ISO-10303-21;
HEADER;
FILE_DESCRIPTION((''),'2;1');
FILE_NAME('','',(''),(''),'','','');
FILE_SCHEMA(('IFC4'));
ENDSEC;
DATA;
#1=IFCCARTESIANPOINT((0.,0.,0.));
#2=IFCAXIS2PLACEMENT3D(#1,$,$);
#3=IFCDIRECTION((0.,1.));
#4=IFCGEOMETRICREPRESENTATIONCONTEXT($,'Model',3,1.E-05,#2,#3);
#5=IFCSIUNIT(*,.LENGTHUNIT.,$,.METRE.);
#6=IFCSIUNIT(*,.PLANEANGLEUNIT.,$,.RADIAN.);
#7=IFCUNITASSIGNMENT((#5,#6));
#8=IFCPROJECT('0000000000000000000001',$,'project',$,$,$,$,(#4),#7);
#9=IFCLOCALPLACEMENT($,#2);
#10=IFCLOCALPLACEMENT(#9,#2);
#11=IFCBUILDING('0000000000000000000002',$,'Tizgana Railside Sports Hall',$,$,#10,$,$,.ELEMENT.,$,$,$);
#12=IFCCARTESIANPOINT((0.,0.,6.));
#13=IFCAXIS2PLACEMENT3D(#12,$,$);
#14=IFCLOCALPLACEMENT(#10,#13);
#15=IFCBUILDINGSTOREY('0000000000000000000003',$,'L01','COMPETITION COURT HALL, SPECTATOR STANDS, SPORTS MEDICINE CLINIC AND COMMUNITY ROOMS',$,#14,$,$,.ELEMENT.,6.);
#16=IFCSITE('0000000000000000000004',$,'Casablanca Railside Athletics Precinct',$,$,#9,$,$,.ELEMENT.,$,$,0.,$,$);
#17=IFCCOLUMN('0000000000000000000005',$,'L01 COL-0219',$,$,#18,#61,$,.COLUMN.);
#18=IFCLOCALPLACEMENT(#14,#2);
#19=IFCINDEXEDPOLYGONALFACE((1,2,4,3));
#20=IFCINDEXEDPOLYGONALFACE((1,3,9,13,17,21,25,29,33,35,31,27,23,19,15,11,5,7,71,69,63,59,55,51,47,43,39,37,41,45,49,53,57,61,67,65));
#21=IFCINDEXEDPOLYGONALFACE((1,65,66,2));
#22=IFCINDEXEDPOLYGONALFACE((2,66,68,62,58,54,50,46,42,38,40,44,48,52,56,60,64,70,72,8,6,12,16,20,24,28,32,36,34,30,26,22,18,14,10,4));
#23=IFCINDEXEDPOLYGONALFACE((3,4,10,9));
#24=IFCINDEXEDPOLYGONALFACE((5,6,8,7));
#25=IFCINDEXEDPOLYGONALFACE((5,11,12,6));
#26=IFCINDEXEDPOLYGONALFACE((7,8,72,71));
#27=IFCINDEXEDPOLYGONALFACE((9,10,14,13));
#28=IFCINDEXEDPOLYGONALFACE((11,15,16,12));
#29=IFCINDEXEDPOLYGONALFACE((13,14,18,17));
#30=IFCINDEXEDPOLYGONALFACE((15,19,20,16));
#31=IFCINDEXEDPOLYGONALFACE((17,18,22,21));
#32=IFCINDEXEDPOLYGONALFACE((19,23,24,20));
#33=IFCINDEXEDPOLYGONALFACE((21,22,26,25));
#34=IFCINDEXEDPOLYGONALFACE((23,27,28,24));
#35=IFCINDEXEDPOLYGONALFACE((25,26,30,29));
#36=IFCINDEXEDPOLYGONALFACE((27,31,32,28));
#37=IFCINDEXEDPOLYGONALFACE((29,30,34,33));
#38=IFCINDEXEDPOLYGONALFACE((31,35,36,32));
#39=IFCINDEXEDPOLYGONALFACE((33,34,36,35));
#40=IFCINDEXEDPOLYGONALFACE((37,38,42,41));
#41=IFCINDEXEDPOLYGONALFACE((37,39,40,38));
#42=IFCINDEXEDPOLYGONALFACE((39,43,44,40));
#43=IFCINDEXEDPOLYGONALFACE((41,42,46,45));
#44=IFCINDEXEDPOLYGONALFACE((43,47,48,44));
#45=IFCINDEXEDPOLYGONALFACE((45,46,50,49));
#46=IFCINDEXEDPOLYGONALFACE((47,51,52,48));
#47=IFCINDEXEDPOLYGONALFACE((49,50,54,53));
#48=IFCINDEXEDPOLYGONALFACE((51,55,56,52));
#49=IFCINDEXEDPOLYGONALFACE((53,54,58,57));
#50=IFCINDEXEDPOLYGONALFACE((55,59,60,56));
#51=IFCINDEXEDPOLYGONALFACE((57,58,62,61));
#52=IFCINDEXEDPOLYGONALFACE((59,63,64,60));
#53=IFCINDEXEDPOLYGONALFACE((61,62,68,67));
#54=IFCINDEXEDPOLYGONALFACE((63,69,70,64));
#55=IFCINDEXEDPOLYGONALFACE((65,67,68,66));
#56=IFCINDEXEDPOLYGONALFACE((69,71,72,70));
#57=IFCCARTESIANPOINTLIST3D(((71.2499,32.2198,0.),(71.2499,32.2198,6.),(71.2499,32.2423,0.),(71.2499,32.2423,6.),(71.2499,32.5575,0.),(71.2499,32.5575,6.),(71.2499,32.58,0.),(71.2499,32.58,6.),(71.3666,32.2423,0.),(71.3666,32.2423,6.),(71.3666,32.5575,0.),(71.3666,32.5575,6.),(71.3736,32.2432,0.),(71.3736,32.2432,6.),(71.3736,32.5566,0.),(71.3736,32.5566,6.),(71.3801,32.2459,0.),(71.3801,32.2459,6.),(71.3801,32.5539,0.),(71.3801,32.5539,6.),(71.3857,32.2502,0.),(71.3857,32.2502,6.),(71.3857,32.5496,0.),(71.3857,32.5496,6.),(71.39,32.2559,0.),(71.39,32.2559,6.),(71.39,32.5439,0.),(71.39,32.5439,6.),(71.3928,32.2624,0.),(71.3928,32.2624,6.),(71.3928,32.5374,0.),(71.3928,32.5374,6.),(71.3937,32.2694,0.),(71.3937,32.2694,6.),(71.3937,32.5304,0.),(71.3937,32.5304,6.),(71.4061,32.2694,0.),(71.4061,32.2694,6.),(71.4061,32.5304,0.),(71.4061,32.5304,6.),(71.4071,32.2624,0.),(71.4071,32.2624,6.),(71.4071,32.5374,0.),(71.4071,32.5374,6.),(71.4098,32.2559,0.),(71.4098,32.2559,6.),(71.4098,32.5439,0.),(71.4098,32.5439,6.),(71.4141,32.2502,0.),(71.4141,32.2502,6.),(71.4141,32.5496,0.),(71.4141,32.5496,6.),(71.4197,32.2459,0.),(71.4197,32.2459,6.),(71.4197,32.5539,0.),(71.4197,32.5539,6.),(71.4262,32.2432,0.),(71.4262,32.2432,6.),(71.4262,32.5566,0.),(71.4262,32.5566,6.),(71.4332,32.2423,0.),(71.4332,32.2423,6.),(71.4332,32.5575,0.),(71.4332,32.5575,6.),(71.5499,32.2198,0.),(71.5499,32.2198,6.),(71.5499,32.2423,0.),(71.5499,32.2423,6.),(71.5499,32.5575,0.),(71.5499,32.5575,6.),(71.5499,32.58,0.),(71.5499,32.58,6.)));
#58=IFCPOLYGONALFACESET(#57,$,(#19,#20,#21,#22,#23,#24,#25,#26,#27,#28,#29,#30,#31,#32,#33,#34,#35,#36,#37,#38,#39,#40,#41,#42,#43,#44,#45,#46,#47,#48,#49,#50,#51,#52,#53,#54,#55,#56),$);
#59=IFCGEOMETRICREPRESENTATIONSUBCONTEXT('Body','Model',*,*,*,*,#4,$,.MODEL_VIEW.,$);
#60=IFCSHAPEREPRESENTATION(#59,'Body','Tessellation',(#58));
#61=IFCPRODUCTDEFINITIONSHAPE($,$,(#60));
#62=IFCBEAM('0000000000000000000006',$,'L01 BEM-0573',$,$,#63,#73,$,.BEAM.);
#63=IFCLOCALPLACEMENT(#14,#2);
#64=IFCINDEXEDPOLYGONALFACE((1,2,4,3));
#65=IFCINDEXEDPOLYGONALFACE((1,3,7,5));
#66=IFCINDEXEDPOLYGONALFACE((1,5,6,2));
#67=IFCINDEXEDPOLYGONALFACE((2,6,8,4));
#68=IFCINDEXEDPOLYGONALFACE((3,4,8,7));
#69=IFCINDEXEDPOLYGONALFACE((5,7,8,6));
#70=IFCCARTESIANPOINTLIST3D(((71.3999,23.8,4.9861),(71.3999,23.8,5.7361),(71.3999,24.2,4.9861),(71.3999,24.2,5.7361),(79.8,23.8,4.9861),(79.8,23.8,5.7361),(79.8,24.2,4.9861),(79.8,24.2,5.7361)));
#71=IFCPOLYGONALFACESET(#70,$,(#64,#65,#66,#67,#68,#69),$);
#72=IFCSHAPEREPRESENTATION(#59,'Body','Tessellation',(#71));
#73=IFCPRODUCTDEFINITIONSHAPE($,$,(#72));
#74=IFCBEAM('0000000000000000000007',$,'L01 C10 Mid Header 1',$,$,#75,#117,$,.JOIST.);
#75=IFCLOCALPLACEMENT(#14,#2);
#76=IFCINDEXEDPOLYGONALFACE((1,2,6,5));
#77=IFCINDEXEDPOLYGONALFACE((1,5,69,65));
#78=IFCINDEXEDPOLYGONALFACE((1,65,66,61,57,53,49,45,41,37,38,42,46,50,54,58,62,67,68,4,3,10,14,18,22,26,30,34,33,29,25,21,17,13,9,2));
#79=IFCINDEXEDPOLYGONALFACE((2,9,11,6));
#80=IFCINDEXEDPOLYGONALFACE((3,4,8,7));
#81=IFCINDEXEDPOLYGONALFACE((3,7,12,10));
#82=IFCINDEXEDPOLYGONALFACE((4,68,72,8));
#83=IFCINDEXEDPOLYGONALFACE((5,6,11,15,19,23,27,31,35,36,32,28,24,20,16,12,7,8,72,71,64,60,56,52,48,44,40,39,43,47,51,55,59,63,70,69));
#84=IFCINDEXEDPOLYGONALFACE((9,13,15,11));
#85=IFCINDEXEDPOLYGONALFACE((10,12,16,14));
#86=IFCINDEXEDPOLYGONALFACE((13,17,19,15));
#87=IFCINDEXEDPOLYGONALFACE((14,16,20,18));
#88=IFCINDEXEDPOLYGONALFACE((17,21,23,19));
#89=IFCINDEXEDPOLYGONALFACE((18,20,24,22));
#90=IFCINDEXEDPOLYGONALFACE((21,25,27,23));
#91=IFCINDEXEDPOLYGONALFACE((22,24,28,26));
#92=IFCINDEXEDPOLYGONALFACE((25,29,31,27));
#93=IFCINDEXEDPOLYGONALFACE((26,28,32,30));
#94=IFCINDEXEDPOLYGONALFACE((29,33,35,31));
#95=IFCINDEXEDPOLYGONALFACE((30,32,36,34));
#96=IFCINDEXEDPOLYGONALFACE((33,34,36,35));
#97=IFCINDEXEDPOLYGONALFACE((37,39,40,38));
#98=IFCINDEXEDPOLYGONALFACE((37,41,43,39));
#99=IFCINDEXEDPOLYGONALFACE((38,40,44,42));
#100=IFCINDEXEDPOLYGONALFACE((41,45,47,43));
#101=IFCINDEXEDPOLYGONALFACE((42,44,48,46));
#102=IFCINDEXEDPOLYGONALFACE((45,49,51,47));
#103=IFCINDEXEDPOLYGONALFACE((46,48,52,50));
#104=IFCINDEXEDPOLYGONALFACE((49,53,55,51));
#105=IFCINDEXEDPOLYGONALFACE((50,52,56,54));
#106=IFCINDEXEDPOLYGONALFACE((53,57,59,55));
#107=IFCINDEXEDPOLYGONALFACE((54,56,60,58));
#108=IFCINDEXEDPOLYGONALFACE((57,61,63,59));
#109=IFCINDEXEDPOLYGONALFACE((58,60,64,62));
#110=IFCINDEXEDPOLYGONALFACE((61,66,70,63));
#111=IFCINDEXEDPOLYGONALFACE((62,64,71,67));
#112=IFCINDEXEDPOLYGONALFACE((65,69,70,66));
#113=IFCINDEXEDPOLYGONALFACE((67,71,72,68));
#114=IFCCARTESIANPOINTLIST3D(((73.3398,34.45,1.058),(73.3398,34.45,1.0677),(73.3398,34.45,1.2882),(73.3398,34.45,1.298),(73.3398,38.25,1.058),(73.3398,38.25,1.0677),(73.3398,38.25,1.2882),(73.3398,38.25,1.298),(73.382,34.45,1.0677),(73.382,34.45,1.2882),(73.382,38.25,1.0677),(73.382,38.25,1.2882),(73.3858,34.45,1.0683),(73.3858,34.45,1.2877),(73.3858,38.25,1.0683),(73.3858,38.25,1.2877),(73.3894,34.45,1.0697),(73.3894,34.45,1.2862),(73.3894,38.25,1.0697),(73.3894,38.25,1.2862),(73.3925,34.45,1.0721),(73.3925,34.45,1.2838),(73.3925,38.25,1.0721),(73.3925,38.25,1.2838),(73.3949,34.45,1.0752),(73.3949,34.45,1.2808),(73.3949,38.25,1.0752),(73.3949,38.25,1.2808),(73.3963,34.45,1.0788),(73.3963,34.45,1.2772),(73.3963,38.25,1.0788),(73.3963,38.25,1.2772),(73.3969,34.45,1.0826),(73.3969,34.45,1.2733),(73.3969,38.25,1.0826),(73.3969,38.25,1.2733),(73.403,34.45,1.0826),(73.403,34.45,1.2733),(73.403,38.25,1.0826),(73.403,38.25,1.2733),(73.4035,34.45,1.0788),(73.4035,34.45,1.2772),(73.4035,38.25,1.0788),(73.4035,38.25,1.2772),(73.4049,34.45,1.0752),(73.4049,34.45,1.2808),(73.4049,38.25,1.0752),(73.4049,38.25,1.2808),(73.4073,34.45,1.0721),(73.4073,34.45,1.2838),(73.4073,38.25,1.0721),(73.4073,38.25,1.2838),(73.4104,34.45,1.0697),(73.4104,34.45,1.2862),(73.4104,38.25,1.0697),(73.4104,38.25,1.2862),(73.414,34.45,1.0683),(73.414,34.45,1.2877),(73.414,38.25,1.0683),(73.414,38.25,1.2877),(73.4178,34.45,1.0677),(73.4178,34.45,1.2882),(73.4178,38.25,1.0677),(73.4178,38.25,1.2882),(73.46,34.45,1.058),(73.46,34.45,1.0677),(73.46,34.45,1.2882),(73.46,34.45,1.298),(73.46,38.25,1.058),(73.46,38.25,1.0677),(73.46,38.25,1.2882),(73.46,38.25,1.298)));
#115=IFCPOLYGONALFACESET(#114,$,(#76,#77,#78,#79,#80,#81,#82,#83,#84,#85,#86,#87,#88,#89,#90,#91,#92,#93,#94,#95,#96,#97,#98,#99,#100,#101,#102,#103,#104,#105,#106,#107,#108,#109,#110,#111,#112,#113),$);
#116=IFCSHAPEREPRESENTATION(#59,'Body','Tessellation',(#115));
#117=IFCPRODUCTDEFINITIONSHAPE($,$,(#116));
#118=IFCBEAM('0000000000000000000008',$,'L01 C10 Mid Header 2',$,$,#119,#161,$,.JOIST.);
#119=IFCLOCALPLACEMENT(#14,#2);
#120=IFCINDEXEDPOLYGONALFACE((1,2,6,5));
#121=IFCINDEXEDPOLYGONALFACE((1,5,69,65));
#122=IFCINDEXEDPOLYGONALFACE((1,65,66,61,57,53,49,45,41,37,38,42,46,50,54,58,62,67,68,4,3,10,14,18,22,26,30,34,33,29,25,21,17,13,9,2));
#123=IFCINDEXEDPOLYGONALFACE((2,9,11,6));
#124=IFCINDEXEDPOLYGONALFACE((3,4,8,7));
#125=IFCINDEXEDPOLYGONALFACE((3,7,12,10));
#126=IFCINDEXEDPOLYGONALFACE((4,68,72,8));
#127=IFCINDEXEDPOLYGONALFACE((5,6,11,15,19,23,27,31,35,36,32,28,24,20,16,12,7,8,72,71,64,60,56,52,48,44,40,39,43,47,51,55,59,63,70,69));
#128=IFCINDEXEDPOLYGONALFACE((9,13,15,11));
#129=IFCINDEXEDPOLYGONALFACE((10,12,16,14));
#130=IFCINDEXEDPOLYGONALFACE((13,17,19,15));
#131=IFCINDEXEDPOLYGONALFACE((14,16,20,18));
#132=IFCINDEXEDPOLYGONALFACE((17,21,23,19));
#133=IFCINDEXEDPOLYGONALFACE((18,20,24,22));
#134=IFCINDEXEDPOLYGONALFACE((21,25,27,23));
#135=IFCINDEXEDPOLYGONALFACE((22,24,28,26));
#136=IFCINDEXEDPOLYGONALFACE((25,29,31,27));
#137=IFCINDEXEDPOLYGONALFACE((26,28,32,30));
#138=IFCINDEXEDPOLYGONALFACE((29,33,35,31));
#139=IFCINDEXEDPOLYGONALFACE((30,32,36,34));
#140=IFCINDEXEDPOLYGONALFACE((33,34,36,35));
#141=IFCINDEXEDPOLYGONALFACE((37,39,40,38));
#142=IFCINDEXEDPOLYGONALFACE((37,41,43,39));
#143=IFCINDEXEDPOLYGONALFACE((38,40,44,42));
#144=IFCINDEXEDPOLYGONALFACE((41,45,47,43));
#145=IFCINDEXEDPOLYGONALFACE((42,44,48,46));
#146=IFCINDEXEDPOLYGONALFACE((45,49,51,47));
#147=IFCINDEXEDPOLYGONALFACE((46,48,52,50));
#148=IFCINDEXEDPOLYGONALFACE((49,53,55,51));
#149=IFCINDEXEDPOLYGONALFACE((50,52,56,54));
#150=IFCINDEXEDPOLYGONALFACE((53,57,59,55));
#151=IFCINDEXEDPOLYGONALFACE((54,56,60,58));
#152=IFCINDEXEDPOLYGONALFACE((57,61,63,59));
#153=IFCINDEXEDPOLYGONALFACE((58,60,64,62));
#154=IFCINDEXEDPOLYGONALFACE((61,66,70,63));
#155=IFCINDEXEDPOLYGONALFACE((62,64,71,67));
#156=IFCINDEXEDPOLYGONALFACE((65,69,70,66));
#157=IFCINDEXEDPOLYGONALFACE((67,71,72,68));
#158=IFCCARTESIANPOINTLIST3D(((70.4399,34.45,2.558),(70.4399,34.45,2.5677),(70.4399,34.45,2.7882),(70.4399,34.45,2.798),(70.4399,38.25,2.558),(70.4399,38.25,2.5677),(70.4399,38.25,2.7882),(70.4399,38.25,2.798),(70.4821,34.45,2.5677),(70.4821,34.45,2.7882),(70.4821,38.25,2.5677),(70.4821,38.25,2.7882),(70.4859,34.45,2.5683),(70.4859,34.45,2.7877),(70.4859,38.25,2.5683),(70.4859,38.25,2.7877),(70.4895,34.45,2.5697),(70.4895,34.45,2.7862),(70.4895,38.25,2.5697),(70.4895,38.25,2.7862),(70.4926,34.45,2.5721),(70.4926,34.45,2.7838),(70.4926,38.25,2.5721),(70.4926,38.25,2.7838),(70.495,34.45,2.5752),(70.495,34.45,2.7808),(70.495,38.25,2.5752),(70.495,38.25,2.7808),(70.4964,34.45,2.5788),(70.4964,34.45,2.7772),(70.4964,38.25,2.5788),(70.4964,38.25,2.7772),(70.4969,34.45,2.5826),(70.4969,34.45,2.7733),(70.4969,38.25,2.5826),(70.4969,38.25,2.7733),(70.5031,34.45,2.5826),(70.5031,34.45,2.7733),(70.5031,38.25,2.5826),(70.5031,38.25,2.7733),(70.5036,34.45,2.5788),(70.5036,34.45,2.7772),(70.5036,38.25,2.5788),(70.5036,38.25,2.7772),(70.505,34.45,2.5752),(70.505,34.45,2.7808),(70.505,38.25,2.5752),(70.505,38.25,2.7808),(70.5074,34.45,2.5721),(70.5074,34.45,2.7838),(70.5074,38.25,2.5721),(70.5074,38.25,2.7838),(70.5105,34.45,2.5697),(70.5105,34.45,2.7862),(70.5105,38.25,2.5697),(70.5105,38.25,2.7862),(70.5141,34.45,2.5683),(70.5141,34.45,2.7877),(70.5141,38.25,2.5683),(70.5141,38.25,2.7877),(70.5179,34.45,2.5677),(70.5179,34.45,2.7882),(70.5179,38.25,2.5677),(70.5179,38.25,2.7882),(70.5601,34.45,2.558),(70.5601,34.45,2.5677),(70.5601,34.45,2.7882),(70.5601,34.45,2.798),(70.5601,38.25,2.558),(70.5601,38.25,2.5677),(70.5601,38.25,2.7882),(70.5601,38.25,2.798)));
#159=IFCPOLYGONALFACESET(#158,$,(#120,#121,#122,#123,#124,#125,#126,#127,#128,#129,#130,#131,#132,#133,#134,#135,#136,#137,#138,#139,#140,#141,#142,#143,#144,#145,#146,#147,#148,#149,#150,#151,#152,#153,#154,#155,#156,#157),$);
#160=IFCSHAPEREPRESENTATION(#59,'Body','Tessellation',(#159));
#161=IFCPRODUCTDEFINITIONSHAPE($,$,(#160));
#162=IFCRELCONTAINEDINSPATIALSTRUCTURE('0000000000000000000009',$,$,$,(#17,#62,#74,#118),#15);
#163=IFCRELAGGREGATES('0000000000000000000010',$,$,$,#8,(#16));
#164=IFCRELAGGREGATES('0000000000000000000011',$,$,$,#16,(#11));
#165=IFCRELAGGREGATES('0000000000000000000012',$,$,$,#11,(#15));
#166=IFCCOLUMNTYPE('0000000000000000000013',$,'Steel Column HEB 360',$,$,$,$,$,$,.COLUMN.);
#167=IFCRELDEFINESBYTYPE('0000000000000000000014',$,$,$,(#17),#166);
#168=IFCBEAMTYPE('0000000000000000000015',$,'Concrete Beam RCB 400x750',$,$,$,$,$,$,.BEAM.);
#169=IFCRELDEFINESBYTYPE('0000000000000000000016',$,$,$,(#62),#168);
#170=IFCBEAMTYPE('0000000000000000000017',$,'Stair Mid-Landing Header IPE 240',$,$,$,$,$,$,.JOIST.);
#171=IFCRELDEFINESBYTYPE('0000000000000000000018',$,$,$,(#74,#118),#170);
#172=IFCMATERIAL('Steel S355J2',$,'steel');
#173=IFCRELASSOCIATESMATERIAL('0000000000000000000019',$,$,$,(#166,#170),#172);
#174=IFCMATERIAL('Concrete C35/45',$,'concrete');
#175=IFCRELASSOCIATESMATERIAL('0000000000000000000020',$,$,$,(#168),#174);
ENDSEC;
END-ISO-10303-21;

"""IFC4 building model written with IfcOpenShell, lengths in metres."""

from ifc_helpers import new_model, si_unit, direction, frame, origin, origin_2d, place, context, subcontext, project, spatial, rectangle, i_section, extrude, material, material_profile, profile_set, type_object, element, save


model = new_model("IFC4")

# Units and contexts
model_context = context("Model", 3, precision=1e-05, world=origin(), true_north=direction((0.0, 1.0)))
body_context = subcontext(model_context, "Body", "Model", "MODEL_VIEW")
ifc_project = project(units=[si_unit("LENGTHUNIT", "METRE"), si_unit("PLANEANGLEUNIT", "RADIAN")], contexts=[model_context])

# Site, building, storey
site_placement = place(None, origin())
site = spatial("IfcSite", under=ifc_project, at=site_placement, Name="Casablanca Railside Athletics Precinct", CompositionType="ELEMENT", RefElevation=0.0)
building_placement = place(site_placement, origin())
building = spatial("IfcBuilding", under=site, at=building_placement, Name="Tizgana Railside Sports Hall", CompositionType="ELEMENT")
storey_placement = place(building_placement, frame((0.0, 0.0, 6.0)))
storey = spatial("IfcBuildingStorey", under=building, at=storey_placement, Name="L01", Description="COMPETITION COURT HALL, SPECTATOR STANDS, SPORTS MEDICINE CLINIC AND COMMUNITY ROOMS", CompositionType="ELEMENT", Elevation=6.0)

# Column
ifc_material_1 = material(Name="Steel S355J2", Category="steel")
ifc_material_profile_1 = material_profile(ifc_material_1, i_section(OverallWidth=0.3, OverallDepth=0.3601, WebThickness=0.0125, FlangeThickness=0.0225, FilletRadius=0.0271, at=origin_2d()), Name="HEB 360")
ifc_profile_set_1 = profile_set([ifc_material_profile_1], Name="Steel S355J2")
column_type = type_object("IfcColumnType", Name="Steel Column HEB 360", PredefinedType="COLUMN", material=ifc_profile_set_1)
column_placement = place(storey_placement, frame((71.3999, 32.3999, 0.0), z_axis=(0.0, 0.0, 1.0), x_axis=(1.0, 0.0, 0.0)))
element("IfcColumn", 1, at=column_placement, inside=storey, type_object=column_type, Name="L01 COL-0219", PredefinedType="COLUMN", context=body_context, shape_type="SweptSolid", body=[
    extrude(i_section(OverallWidth=0.3, OverallDepth=0.3601, WebThickness=0.0125, FlangeThickness=0.0225, FilletRadius=0.0271, at=origin_2d()), origin(), (0.0, 0.0, 1.0), 6.0),
])

# Beams
ifc_material_2 = material(Name="Concrete C35/45", Category="concrete")
ifc_material_profile_2 = material_profile(ifc_material_2, rectangle(XDim=0.3999, YDim=0.75, at=origin_2d()), Name="RCB 400x750")
ifc_profile_set_2 = profile_set([ifc_material_profile_2], Name="Concrete C35/45")
beam_type_1 = type_object("IfcBeamType", Name="Concrete Beam RCB 400x750", PredefinedType="BEAM", material=ifc_profile_set_2)
beam_1_placement = place(storey_placement, frame((71.3999, 24.0, 5.3611), z_axis=(1.0, 0.0, 0.0), x_axis=(0.0, 1.0, 0.0)))
element("IfcBeam", 2, at=beam_1_placement, inside=storey, type_object=beam_type_1, Name="L01 BEM-0573", PredefinedType="BEAM", context=body_context, shape_type="SweptSolid", body=[
    extrude(rectangle(XDim=0.3999, YDim=0.75, at=origin_2d()), origin(), (0.0, 0.0, 1.0), 8.4001),
])
ifc_material_profile_3 = material_profile(ifc_material_1, i_section(OverallWidth=0.1201, OverallDepth=0.24, WebThickness=0.0061, FlangeThickness=0.0098, FilletRadius=0.0149, at=origin_2d()), Name="IPE 240")
ifc_profile_set_3 = profile_set([ifc_material_profile_3], Name="Steel S355J2")
beam_type_2 = type_object("IfcBeamType", Name="Stair Mid-Landing Header IPE 240", PredefinedType="JOIST", material=ifc_profile_set_3)
for number, where, z_axis, x_axis, name in (
    (3, (73.3999, 34.45, 1.178), (0.0, 1.0, 0.0), (-1.0, 0.0, 0.0), "L01 C10 Mid Header 1"),
    (4, (70.5, 34.45, 2.678), (0.0, 1.0, 0.0), (-1.0, 0.0, 0.0), "L01 C10 Mid Header 2"),
):
    element("IfcBeam", number, at=place(storey_placement, frame(where, z_axis=z_axis, x_axis=x_axis)), inside=storey, type_object=beam_type_2, Name=name, PredefinedType="JOIST", context=body_context, shape_type="SweptSolid", body=[
        extrude(i_section(OverallWidth=0.1201, OverallDepth=0.24, WebThickness=0.0061, FlangeThickness=0.0098, FilletRadius=0.0149, at=origin_2d()), origin(), (0.0, 0.0, 1.0), 3.8),
    ])

save(model, "model.ifc")
